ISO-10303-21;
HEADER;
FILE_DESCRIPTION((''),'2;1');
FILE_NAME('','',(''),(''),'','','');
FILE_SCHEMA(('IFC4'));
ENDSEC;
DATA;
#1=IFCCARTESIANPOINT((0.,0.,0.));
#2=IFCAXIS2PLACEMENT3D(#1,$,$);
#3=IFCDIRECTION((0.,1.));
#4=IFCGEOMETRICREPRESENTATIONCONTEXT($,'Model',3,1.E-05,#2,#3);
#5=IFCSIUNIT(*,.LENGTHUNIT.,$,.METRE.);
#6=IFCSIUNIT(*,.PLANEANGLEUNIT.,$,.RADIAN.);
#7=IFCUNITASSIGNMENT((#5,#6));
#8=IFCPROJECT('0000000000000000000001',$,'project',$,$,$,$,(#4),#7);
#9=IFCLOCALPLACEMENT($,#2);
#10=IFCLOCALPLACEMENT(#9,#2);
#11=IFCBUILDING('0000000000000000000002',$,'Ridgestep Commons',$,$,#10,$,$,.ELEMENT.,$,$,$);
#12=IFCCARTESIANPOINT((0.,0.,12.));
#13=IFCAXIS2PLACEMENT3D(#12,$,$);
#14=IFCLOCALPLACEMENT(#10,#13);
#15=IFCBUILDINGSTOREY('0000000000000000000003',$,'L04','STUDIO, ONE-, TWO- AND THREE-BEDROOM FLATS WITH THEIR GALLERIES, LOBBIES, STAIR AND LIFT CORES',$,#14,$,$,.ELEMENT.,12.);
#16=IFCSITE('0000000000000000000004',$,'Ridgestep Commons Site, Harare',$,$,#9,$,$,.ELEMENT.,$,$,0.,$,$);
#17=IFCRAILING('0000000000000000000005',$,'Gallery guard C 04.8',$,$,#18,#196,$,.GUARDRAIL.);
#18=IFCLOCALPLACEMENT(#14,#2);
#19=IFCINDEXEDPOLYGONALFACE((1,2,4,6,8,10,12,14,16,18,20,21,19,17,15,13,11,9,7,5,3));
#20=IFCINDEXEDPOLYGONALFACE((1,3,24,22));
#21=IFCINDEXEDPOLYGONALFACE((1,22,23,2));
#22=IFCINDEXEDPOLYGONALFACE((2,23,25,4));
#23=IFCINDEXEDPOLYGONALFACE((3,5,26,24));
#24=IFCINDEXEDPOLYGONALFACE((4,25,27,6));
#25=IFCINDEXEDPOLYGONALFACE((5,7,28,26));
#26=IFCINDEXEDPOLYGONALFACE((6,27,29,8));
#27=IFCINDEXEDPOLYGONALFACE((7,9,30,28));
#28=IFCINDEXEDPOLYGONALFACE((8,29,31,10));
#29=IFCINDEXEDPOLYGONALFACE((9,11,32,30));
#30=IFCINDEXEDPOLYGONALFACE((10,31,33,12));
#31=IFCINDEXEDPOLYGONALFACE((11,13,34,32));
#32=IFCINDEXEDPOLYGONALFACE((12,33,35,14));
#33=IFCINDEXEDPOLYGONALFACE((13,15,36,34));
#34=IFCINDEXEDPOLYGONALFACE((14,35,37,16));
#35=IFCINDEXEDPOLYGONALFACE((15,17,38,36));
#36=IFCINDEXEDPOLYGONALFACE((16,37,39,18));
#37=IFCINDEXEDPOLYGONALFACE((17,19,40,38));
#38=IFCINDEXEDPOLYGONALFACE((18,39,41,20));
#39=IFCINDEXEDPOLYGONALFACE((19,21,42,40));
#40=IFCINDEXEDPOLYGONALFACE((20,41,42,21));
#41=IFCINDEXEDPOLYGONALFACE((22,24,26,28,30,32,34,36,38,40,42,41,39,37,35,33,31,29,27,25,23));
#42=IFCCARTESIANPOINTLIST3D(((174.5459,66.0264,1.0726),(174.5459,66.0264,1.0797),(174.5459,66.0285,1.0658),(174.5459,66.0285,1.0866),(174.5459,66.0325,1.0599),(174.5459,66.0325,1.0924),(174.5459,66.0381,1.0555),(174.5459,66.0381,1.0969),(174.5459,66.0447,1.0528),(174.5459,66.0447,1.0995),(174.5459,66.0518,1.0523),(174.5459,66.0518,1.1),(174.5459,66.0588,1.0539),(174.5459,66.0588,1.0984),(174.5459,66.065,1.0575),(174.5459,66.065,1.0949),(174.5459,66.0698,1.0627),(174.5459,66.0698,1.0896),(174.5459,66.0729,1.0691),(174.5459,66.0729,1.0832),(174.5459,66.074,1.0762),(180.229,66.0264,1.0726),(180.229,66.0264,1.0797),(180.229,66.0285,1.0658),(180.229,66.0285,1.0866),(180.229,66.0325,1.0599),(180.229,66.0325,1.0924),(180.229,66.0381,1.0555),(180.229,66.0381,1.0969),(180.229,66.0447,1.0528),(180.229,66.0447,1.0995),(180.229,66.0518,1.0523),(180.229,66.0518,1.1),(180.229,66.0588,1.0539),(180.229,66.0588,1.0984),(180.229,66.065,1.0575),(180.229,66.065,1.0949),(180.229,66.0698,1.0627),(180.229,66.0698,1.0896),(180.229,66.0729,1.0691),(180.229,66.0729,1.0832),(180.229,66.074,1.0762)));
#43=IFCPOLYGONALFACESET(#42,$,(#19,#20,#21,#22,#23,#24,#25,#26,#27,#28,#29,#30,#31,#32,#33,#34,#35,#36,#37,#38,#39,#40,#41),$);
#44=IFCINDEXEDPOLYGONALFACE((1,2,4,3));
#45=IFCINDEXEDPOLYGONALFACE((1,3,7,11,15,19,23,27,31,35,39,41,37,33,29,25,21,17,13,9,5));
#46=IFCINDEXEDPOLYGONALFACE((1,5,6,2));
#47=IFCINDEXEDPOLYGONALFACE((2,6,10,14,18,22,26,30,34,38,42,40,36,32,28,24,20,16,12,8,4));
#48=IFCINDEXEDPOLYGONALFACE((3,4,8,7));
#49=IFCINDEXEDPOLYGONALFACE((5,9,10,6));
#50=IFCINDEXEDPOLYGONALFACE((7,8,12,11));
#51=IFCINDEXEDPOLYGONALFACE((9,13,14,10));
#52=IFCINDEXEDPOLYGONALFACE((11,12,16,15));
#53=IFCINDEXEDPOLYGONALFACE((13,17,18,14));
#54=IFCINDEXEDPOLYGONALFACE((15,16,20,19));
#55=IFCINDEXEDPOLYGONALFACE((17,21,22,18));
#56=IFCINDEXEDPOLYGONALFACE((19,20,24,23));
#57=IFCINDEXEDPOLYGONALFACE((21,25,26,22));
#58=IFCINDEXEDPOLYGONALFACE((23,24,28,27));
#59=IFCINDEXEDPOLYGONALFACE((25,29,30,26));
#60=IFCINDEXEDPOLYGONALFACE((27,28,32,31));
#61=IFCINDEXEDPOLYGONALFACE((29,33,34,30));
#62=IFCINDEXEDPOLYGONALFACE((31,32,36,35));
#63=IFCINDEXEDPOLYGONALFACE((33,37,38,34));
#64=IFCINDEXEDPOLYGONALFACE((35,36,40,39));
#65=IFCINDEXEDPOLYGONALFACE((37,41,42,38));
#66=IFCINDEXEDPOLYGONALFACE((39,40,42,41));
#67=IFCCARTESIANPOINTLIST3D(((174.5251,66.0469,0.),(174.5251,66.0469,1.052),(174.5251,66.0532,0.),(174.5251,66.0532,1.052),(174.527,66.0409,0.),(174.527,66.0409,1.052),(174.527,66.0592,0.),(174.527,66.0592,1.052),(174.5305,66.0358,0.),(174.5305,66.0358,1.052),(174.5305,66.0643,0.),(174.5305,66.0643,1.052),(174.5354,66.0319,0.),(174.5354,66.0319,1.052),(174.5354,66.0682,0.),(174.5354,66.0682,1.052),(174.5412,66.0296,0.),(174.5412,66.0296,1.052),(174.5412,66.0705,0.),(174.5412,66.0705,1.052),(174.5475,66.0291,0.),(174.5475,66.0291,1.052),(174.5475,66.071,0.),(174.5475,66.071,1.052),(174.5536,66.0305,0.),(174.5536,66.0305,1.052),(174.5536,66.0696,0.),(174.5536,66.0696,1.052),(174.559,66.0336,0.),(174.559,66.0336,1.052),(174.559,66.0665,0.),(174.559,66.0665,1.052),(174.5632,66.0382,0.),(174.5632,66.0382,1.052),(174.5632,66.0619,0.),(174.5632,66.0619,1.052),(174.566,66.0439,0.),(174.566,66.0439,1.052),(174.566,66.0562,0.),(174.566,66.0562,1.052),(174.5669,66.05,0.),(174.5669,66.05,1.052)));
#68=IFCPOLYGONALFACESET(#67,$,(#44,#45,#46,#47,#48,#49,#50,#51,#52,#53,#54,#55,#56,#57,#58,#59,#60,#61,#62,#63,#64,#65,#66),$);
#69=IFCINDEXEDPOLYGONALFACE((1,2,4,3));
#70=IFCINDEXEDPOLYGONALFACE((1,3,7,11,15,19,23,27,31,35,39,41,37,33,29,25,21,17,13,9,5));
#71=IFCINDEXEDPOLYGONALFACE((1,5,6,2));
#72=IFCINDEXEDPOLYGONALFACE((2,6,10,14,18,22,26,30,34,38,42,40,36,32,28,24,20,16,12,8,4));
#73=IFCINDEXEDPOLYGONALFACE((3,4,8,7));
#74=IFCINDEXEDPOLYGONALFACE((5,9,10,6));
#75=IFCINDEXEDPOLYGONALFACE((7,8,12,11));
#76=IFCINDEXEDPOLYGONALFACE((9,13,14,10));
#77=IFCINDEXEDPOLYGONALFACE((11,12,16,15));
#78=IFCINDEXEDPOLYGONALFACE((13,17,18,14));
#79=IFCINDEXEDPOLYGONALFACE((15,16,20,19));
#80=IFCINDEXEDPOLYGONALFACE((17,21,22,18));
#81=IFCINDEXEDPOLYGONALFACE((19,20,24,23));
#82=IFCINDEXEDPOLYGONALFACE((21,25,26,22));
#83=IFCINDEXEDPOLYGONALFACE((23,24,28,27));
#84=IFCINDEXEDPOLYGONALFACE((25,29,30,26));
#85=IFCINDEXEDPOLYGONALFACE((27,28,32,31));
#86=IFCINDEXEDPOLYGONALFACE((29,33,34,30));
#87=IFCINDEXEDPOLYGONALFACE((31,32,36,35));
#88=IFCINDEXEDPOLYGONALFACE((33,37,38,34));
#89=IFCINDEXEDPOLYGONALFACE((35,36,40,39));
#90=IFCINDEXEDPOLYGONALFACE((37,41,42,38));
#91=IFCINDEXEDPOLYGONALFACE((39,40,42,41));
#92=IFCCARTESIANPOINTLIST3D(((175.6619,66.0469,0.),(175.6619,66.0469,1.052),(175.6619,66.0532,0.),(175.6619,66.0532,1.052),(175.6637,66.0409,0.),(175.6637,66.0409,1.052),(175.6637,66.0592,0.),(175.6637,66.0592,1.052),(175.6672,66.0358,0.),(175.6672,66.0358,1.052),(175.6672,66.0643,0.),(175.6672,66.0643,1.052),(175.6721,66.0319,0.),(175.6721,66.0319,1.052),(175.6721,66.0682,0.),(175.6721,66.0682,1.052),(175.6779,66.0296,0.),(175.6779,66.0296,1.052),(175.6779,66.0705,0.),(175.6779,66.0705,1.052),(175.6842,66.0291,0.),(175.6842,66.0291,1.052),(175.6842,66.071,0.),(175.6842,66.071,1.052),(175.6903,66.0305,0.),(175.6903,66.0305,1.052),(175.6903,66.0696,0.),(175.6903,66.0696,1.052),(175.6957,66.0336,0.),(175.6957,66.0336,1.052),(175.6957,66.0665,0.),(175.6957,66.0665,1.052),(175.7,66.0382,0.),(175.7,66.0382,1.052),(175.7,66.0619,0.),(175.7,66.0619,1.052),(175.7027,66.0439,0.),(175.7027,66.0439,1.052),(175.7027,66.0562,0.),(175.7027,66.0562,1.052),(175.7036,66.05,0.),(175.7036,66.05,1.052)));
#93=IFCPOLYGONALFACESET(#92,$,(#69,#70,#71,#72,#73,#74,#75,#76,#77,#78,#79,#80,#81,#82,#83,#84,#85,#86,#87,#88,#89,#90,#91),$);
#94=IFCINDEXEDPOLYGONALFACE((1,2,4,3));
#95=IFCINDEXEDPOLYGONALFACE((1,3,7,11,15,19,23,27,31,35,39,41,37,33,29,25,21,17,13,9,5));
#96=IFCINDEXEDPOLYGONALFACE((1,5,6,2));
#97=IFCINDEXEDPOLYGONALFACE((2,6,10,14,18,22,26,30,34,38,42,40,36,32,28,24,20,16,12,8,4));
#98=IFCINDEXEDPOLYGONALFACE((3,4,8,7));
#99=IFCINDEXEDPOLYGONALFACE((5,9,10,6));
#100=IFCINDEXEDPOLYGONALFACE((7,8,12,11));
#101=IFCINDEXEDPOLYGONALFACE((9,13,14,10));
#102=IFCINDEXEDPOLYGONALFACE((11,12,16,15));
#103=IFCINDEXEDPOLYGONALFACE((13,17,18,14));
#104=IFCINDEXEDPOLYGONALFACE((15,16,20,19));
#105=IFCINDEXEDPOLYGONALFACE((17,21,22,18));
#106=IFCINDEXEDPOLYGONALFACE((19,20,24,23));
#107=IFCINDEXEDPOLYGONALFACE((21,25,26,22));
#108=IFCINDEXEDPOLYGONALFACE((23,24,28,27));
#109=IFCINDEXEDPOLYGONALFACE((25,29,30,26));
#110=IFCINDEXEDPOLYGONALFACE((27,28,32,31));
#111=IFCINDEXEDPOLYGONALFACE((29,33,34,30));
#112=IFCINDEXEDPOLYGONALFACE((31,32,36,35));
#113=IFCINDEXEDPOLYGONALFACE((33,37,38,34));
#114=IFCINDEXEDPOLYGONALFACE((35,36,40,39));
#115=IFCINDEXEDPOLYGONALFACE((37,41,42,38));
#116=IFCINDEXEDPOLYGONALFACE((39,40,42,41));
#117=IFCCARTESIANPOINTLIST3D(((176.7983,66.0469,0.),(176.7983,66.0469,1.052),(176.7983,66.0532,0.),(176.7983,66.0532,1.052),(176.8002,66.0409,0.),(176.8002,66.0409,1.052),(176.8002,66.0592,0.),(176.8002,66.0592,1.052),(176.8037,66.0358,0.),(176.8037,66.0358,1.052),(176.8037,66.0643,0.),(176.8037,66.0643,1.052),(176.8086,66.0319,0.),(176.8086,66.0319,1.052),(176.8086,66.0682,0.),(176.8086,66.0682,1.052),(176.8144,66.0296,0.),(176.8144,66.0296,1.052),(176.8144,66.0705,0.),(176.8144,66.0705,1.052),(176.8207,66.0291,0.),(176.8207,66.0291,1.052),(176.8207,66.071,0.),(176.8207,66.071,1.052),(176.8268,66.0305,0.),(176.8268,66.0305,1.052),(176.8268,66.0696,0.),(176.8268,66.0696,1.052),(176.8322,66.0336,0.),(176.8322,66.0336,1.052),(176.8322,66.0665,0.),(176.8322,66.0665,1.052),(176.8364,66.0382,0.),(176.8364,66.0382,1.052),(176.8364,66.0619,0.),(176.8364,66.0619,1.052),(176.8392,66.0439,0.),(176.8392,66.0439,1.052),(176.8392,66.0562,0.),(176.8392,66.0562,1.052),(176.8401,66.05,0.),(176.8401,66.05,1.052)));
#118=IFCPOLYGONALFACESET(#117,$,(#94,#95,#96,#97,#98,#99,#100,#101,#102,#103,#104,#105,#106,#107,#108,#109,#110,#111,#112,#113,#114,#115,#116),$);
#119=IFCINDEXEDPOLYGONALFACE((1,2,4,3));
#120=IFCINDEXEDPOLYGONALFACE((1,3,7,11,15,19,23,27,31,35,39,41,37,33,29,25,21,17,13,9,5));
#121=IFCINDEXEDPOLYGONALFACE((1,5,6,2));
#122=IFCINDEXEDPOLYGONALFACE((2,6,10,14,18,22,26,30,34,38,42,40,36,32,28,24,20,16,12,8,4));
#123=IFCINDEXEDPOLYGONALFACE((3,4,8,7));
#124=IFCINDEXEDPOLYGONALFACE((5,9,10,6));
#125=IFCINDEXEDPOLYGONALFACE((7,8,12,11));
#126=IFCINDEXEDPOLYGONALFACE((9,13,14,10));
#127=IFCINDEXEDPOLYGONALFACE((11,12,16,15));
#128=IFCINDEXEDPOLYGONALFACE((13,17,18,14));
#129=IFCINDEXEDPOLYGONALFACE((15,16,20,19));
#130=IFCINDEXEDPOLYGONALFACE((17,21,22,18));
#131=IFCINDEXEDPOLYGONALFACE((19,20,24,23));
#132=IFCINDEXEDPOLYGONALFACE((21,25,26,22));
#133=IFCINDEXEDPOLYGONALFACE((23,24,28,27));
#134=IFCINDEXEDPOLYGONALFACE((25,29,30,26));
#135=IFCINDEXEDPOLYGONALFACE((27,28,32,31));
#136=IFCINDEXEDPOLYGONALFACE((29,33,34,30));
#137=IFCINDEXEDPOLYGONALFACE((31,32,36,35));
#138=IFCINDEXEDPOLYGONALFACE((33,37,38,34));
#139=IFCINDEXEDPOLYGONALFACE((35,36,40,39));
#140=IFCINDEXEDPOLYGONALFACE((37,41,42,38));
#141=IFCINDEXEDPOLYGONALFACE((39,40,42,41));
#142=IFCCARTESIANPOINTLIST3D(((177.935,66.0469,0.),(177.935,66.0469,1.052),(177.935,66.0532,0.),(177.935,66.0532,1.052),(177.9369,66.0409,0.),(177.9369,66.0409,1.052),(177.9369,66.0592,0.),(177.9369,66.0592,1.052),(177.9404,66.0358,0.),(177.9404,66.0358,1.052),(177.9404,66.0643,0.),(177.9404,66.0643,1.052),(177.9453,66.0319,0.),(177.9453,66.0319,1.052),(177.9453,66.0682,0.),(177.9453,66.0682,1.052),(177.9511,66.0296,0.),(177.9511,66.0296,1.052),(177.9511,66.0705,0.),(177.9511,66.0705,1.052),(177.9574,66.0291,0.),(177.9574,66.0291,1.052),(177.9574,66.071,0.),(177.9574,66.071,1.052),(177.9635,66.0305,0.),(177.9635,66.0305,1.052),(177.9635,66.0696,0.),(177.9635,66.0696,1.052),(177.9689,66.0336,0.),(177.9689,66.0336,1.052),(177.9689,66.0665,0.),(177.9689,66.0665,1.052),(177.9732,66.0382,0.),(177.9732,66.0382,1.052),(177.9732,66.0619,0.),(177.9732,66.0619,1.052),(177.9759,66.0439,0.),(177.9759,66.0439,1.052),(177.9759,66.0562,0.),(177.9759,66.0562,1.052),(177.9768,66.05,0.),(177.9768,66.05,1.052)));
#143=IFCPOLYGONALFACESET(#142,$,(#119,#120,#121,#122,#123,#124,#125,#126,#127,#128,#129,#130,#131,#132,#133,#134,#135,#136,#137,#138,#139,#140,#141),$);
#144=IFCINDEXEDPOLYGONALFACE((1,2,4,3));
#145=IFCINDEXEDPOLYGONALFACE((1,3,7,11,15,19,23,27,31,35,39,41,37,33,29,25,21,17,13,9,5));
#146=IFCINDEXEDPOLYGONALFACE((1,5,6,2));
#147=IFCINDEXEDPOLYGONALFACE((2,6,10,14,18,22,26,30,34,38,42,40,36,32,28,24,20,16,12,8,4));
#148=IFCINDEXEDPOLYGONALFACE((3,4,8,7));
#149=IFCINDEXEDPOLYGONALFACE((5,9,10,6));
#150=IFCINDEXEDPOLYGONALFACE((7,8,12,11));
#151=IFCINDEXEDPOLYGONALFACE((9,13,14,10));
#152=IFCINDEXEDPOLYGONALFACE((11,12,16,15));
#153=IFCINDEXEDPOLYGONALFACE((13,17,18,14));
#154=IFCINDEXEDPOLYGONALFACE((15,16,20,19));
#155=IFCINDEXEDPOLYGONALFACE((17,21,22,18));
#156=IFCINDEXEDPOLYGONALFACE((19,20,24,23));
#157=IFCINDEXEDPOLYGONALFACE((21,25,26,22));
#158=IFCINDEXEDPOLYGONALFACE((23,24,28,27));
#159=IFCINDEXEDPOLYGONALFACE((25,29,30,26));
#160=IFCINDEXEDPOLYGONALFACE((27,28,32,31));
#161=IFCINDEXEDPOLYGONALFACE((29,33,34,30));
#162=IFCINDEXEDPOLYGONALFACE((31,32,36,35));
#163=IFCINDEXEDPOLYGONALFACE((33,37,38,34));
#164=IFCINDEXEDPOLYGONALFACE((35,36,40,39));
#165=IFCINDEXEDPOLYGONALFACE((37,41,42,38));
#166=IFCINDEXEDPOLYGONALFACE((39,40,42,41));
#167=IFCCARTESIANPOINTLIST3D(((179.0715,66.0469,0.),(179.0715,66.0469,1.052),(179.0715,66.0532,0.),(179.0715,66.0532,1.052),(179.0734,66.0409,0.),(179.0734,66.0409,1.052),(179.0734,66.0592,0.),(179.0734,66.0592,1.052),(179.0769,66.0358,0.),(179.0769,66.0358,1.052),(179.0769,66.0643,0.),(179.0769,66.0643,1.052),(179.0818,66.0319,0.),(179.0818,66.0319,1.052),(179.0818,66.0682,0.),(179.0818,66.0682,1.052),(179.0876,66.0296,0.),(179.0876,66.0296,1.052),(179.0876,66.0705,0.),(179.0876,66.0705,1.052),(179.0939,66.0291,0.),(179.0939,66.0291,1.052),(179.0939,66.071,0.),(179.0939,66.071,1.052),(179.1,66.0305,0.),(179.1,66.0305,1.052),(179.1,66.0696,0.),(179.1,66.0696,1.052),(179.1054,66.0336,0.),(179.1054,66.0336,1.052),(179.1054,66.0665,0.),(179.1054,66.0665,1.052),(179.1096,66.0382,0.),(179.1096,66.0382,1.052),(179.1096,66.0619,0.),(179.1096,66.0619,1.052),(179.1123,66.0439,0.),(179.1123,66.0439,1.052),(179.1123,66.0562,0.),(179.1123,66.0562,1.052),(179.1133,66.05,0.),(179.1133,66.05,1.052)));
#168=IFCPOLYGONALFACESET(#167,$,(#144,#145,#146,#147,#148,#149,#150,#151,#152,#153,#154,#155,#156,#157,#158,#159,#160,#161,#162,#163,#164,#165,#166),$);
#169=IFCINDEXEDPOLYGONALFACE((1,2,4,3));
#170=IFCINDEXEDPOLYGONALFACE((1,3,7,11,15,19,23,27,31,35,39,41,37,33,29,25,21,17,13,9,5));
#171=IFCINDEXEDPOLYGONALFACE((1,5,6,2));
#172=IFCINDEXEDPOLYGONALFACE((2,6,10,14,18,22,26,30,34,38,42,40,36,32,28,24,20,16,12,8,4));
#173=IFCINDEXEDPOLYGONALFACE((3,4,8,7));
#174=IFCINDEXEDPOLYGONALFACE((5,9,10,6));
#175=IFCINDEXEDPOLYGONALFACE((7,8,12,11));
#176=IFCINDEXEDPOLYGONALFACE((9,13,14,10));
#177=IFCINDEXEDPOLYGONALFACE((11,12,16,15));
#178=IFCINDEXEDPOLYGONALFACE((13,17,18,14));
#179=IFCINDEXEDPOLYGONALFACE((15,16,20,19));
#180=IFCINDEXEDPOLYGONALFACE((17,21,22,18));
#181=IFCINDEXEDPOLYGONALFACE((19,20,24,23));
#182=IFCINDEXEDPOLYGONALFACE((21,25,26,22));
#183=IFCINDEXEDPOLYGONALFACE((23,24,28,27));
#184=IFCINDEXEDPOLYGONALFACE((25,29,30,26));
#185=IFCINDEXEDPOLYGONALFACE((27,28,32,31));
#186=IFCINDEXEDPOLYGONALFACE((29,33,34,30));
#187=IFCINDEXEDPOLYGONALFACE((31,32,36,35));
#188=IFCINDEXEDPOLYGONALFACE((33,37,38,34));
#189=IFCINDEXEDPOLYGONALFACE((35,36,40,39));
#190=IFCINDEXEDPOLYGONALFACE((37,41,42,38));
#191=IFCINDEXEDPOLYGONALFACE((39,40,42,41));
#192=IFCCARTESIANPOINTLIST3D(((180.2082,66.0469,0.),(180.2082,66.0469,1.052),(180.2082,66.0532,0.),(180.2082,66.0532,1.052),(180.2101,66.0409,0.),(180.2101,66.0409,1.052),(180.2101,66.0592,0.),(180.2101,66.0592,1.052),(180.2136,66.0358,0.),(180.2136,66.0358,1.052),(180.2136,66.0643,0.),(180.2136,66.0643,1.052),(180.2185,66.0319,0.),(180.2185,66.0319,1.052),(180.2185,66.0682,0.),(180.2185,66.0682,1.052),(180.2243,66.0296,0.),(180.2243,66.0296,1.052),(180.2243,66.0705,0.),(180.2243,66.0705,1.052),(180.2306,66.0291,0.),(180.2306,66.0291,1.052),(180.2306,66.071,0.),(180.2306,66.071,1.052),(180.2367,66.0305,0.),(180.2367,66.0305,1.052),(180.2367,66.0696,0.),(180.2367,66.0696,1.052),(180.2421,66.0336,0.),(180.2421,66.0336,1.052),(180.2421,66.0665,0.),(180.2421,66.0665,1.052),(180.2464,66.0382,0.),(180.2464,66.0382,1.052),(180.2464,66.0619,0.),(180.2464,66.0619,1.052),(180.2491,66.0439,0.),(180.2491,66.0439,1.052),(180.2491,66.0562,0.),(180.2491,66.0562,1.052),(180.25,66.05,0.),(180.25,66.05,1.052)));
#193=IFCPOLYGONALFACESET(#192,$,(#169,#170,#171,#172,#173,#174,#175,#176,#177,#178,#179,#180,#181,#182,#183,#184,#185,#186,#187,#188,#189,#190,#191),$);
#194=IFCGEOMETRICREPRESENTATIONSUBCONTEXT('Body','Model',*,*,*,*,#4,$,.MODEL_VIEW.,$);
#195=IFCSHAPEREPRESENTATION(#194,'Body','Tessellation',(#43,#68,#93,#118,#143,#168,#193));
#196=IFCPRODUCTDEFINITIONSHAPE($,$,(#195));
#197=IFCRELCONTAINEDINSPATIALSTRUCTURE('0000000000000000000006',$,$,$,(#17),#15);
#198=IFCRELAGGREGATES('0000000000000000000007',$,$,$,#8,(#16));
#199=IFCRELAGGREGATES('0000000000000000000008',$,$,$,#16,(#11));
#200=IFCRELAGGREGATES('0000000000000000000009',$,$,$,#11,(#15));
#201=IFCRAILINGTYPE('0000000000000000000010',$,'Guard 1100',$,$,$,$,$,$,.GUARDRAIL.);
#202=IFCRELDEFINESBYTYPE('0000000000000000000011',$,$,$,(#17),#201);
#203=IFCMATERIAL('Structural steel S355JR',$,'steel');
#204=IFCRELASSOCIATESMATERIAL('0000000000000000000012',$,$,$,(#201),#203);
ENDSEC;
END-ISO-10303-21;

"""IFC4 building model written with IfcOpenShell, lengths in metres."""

from ifc_helpers import new_model, si_unit, direction, frame, origin, origin_2d, place, context, subcontext, project, spatial, circle, extrude, material, type_object, element, save


model = new_model("IFC4")

# Units and contexts
model_context = context("Model", 3, precision=1e-05, world=origin(), true_north=direction((0.0, 1.0)))
body_context = subcontext(model_context, "Body", "Model", "MODEL_VIEW")
ifc_project = project(units=[si_unit("LENGTHUNIT", "METRE"), si_unit("PLANEANGLEUNIT", "RADIAN")], contexts=[model_context])

# Site, building, storey
site_placement = place(None, origin())
site = spatial("IfcSite", under=ifc_project, at=site_placement, Name="Ridgestep Commons Site, Harare", CompositionType="ELEMENT", RefElevation=0.0)
building_placement = place(site_placement, origin())
building = spatial("IfcBuilding", under=site, at=building_placement, Name="Ridgestep Commons", CompositionType="ELEMENT")
storey_placement = place(building_placement, frame((0.0, 0.0, 12.0)))
storey = spatial("IfcBuildingStorey", under=building, at=storey_placement, Name="L04", Description="STUDIO, ONE-, TWO- AND THREE-BEDROOM FLATS WITH THEIR GALLERIES, LOBBIES, STAIR AND LIFT CORES", CompositionType="ELEMENT", Elevation=12.0)

# Railing
ifc_material_1 = material(Name="Structural steel S355JR", Category="steel")
railing_type = type_object("IfcRailingType", Name="Guard 1100", PredefinedType="GUARDRAIL", material=ifc_material_1)
railing_1_placement = place(storey_placement, frame((174.5459, 66.05, 0.0)))
element("IfcRailing", 1, at=railing_1_placement, inside=storey, type_object=railing_type, Name="Gallery guard C 04.8", PredefinedType="GUARDRAIL", context=body_context, shape_type="SweptSolid", body=[
    extrude(circle(Radius=0.0239, at=origin_2d()), frame((0.0, 0.0, 1.0762), z_axis=(1.0, 0.0, 0.0), x_axis=(0.0, 1.0, 0.0)), (0.0, 0.0, 1.0), 5.6831),
    extrude(circle(Radius=0.021, at=origin_2d()), origin(), (0.0, 0.0, 1.0), 1.052),
    extrude(circle(Radius=0.021, at=origin_2d()), frame((1.1367, 0.0, 0.0)), (0.0, 0.0, 1.0), 1.052),
    extrude(circle(Radius=0.021, at=origin_2d()), frame((2.2732, 0.0, 0.0)), (0.0, 0.0, 1.0), 1.052),
    extrude(circle(Radius=0.021, at=origin_2d()), frame((3.4099, 0.0, 0.0)), (0.0, 0.0, 1.0), 1.052),
    extrude(circle(Radius=0.021, at=origin_2d()), frame((4.5464, 0.0, 0.0)), (0.0, 0.0, 1.0), 1.052),
    extrude(circle(Radius=0.021, at=origin_2d()), frame((5.6831, 0.0, 0.0)), (0.0, 0.0, 1.0), 1.052),
])

save(model, "model.ifc")
